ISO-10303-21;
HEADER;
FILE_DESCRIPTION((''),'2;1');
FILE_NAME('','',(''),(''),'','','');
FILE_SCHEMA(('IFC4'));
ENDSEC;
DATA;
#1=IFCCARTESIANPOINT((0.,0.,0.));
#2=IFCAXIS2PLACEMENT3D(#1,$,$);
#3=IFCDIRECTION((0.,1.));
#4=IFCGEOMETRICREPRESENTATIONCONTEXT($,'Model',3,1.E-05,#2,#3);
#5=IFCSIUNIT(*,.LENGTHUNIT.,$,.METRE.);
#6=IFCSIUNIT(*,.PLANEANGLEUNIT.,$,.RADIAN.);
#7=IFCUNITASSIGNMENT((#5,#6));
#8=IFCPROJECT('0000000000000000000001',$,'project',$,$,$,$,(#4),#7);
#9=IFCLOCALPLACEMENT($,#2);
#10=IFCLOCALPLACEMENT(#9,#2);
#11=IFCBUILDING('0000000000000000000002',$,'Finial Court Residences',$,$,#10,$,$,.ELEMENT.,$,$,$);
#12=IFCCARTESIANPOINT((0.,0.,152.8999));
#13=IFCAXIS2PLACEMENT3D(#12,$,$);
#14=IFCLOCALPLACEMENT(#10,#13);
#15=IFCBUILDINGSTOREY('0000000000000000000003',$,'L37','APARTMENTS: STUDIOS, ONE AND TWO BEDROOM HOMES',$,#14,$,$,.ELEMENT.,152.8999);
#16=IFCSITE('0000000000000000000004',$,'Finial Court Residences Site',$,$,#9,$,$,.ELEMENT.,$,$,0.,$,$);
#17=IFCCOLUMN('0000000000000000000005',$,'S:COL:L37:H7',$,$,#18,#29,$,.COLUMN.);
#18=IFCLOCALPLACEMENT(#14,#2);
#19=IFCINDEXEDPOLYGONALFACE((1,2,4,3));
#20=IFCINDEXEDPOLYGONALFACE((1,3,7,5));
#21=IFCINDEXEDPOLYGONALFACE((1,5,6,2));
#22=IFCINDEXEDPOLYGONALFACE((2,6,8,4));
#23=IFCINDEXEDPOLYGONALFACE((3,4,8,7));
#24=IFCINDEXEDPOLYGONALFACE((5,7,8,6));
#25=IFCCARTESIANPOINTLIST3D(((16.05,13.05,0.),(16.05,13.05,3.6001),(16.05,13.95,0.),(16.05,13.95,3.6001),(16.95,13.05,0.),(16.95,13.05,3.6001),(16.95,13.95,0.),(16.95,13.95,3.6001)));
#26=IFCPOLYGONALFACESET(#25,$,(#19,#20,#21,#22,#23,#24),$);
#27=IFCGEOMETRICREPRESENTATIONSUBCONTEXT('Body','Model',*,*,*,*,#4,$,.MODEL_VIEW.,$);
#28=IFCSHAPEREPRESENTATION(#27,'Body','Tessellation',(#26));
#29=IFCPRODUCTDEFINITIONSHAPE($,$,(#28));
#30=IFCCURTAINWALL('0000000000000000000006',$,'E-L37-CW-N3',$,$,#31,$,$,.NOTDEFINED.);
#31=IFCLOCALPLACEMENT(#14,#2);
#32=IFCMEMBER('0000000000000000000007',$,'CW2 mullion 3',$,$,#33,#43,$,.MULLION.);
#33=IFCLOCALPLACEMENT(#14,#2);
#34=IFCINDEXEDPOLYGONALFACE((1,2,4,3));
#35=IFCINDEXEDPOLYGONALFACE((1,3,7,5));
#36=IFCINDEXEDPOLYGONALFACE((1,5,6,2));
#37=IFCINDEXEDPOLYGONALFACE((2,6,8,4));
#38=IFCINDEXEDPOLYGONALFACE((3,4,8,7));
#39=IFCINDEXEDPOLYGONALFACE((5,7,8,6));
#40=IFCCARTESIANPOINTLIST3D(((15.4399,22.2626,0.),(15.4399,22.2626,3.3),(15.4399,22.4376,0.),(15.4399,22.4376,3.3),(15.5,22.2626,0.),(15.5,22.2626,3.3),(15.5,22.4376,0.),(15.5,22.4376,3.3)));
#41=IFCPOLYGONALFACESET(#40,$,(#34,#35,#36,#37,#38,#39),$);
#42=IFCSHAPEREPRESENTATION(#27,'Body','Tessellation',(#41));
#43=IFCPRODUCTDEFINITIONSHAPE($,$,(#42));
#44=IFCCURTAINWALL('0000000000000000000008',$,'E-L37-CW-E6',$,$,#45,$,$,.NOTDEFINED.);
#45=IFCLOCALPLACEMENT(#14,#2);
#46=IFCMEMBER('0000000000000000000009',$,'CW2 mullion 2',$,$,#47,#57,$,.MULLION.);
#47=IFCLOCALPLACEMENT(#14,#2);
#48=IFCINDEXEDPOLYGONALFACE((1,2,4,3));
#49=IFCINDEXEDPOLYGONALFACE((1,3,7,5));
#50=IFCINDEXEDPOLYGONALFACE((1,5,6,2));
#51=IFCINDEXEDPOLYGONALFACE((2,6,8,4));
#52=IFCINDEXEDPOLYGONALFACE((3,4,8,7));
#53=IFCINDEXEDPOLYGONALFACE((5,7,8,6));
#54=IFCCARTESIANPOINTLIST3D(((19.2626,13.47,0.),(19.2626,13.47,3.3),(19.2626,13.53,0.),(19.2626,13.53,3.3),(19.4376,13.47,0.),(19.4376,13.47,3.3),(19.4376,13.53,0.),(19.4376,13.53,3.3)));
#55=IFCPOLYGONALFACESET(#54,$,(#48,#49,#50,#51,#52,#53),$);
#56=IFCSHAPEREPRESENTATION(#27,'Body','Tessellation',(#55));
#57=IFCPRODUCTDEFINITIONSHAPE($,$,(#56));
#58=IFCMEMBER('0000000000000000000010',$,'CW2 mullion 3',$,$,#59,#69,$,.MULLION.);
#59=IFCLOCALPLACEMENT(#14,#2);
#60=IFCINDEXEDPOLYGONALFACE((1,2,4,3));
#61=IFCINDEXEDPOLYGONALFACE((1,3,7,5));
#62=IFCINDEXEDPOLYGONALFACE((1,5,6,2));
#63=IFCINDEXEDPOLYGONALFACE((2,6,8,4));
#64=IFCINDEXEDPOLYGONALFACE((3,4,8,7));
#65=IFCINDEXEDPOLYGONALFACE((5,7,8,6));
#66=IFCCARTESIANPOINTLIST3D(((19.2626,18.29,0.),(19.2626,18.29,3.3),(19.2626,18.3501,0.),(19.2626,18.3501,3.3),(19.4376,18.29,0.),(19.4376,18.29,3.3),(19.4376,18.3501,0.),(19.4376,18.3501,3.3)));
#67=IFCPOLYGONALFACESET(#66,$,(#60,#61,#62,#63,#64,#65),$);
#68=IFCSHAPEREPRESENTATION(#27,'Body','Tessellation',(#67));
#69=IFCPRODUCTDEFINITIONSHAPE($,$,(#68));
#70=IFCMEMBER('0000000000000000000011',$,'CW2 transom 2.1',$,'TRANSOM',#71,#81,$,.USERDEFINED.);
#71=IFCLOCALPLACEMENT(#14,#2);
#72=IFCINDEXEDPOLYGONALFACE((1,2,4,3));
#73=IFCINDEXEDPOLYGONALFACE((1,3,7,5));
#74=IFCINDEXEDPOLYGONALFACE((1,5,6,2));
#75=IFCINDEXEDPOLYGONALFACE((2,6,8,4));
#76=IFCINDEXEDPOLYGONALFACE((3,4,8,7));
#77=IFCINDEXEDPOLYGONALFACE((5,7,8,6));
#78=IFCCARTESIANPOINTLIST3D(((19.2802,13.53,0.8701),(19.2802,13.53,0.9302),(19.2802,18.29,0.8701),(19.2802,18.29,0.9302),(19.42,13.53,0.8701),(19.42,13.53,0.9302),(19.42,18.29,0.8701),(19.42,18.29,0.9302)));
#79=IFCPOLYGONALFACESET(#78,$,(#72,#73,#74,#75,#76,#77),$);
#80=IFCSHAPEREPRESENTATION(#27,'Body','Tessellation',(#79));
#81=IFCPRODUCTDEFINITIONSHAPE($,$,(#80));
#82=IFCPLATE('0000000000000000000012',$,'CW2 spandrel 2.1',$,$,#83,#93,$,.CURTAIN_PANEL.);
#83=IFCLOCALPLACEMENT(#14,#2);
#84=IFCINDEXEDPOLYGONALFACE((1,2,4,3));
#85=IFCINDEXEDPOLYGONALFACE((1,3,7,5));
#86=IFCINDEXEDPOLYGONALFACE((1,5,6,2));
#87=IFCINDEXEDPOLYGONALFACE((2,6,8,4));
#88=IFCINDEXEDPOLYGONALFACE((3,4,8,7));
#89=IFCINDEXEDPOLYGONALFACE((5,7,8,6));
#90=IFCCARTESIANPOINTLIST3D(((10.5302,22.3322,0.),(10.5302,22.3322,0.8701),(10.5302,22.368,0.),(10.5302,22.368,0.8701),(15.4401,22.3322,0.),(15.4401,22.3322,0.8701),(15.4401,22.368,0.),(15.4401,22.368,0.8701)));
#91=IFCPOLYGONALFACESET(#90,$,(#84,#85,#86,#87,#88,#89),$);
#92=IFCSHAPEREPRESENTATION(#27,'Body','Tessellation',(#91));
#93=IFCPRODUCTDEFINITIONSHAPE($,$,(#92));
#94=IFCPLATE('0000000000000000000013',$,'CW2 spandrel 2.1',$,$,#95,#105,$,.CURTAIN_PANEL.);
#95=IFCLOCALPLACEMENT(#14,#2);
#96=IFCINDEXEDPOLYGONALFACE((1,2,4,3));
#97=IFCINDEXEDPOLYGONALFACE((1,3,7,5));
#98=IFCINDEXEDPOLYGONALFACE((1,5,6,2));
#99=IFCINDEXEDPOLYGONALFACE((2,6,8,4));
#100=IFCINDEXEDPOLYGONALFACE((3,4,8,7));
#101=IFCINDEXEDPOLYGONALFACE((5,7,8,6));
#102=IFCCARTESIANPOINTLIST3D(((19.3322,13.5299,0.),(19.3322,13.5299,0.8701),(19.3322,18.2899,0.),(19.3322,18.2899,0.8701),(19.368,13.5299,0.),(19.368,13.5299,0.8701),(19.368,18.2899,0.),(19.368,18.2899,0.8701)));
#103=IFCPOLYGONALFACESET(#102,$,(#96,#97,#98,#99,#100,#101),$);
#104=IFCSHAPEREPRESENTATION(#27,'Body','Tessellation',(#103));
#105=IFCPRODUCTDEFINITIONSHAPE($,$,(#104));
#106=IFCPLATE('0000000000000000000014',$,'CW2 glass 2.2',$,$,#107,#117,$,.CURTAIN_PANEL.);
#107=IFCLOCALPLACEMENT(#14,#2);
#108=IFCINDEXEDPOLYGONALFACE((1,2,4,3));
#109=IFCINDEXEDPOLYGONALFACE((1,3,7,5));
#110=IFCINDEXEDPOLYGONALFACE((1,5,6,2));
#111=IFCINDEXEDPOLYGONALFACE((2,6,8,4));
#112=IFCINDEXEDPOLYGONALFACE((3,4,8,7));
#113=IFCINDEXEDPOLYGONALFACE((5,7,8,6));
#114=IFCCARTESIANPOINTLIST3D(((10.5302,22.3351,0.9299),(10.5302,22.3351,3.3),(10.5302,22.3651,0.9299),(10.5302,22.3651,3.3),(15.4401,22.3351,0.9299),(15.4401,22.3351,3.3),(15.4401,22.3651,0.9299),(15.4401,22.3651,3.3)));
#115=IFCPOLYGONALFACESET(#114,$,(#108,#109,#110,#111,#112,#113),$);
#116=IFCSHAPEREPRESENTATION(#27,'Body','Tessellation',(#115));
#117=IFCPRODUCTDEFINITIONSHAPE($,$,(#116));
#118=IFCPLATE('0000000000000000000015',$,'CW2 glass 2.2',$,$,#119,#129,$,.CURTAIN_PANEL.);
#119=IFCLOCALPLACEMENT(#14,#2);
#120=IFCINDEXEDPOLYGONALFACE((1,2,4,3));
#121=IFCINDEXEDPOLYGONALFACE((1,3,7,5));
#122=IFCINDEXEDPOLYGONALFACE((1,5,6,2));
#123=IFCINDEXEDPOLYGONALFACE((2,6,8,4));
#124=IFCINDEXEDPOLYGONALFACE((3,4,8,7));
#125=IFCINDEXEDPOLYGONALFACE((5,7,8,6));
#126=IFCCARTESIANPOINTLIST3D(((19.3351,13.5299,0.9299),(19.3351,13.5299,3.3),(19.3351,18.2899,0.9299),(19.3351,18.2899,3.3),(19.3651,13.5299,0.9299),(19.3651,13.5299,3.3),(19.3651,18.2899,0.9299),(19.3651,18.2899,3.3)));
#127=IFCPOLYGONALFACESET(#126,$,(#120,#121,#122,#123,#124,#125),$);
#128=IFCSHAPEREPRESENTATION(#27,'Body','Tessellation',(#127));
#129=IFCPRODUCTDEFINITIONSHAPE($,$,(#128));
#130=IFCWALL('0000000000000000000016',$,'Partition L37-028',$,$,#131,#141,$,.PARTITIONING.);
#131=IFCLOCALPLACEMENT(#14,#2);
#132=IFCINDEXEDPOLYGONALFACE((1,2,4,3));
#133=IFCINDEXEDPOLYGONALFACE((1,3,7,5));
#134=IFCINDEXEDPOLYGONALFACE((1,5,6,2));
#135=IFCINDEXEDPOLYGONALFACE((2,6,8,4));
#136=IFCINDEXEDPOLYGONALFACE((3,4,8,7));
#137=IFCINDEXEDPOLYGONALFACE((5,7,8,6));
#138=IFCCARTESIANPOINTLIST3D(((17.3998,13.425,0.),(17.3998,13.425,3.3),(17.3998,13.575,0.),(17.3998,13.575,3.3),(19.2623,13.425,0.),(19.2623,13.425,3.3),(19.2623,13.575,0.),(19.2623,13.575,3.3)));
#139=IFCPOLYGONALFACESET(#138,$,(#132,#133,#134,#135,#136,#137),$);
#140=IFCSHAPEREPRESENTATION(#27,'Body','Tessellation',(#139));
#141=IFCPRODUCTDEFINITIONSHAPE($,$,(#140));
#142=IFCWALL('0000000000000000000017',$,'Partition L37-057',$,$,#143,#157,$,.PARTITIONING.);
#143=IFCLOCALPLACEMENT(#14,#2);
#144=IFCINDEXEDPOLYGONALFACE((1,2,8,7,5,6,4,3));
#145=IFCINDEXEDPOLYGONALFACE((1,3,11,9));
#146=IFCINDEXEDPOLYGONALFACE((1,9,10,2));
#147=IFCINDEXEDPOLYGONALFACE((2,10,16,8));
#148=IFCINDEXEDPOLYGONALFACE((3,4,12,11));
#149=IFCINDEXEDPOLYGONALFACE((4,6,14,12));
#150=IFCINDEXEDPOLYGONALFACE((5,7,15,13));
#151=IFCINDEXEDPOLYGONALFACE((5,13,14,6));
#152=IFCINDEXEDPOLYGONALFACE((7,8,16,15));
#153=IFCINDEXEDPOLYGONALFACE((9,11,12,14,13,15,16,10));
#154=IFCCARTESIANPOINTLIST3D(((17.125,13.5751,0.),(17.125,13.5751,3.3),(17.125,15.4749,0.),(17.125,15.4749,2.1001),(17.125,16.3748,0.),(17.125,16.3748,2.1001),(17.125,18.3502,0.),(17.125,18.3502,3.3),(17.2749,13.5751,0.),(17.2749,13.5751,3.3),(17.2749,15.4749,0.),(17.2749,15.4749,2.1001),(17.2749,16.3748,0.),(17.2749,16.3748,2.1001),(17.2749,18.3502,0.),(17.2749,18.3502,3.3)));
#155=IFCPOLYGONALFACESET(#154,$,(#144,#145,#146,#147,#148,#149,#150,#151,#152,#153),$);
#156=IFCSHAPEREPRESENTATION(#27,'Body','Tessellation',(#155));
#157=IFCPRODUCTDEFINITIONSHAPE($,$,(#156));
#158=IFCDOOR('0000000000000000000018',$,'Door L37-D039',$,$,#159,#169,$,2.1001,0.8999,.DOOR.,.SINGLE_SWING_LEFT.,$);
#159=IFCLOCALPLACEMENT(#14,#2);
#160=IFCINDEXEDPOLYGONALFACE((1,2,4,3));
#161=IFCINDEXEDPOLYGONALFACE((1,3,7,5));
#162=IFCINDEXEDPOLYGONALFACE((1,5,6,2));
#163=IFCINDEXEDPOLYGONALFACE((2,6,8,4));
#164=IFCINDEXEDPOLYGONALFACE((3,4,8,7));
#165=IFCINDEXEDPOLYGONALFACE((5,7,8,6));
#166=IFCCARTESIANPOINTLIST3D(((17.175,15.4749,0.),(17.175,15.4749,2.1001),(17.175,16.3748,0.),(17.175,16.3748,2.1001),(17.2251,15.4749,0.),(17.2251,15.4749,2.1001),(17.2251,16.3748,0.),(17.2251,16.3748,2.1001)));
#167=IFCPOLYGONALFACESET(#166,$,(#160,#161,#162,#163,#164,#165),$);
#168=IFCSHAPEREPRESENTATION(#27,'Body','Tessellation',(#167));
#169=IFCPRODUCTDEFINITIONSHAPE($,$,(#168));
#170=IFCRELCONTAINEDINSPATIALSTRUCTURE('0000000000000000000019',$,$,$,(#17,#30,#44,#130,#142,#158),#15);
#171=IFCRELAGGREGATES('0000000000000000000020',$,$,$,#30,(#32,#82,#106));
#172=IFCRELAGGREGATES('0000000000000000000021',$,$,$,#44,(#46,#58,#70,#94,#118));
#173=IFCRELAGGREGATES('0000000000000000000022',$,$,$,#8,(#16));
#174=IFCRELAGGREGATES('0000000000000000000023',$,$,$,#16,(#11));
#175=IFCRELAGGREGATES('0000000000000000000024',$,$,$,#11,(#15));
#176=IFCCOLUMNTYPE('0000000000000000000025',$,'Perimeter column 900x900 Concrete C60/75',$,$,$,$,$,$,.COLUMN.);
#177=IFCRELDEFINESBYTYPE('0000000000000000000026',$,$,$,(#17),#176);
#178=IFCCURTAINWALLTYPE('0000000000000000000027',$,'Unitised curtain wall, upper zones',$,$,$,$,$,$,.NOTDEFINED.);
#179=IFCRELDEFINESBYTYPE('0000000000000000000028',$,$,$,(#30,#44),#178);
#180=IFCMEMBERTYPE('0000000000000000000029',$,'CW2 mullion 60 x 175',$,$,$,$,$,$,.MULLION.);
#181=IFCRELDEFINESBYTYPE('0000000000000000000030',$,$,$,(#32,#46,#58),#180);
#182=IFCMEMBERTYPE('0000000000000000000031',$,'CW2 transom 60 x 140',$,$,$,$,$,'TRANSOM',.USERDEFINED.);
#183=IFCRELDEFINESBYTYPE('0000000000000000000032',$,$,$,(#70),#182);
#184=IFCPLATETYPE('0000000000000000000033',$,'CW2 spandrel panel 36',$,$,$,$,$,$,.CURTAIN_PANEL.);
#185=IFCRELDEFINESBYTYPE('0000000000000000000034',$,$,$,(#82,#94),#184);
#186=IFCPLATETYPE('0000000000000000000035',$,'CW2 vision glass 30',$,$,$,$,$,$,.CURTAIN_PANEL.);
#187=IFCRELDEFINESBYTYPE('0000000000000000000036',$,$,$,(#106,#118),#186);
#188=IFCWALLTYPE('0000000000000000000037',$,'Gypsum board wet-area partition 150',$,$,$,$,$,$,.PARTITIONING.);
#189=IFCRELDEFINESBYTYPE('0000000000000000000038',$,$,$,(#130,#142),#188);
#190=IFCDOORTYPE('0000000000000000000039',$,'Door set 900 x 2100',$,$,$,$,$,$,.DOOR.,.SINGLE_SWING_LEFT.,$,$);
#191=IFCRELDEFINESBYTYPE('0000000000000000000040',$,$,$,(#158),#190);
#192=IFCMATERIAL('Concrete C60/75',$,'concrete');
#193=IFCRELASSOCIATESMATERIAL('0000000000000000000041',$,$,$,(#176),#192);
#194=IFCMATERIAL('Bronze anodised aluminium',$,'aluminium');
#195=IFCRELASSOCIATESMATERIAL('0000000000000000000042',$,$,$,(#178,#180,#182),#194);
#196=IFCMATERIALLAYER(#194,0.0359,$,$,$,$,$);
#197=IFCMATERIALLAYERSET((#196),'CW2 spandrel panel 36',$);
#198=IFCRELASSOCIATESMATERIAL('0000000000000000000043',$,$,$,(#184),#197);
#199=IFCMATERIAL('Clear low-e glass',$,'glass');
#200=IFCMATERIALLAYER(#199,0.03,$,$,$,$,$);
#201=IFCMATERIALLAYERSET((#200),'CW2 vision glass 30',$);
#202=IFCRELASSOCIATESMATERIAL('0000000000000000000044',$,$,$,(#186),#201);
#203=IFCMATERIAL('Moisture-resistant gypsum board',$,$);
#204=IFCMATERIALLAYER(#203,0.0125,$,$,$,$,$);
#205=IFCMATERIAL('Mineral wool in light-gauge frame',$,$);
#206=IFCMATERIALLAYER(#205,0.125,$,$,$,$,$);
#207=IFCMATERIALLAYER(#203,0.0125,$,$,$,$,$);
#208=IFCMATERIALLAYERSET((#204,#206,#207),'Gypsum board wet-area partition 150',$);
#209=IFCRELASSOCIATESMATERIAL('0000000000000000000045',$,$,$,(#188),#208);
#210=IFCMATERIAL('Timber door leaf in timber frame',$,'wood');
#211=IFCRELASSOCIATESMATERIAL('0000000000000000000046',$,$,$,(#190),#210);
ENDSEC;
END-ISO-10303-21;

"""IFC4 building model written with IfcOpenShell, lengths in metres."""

from ifc_helpers import new_model, si_unit, direction, frame, frame_2d, origin, origin_2d, place, context, subcontext, project, spatial, rectangle, extrude, material, layer, layer_set, material_profile, profile_set, type_object, element, fill, aggregate, save


model = new_model("IFC4")

# Units and contexts
model_context = context("Model", 3, precision=1e-05, world=origin(), true_north=direction((0.0, 1.0)))
body_context = subcontext(model_context, "Body", "Model", "MODEL_VIEW")
ifc_project = project(units=[si_unit("LENGTHUNIT", "METRE"), si_unit("PLANEANGLEUNIT", "RADIAN")], contexts=[model_context])

# Site, building, storey
site_placement = place(None, origin())
site = spatial("IfcSite", under=ifc_project, at=site_placement, Name="Finial Court Residences Site", CompositionType="ELEMENT", RefElevation=0.0)
building_placement = place(site_placement, origin())
building = spatial("IfcBuilding", under=site, at=building_placement, Name="Finial Court Residences", CompositionType="ELEMENT")
storey_placement = place(building_placement, frame((0.0, 0.0, 152.8999)))
storey = spatial("IfcBuildingStorey", under=building, at=storey_placement, Name="L37", Description="APARTMENTS: STUDIOS, ONE AND TWO BEDROOM HOMES", CompositionType="ELEMENT", Elevation=152.8999)

# Column
ifc_material_1 = material(Name="Concrete C60/75", Category="concrete")
ifc_material_profile_1 = material_profile(ifc_material_1, rectangle(XDim=0.8999, YDim=0.8999, at=origin_2d()), Name="900x900")
ifc_profile_set_1 = profile_set([ifc_material_profile_1], Name="Concrete C60/75")
column_type = type_object("IfcColumnType", Name="Perimeter column 900x900 Concrete C60/75", PredefinedType="COLUMN", material=ifc_profile_set_1)
column_placement = place(storey_placement, frame((16.5, 13.5, 0.0), z_axis=(0.0, 0.0, 1.0), x_axis=(1.0, 0.0, 0.0)))
element("IfcColumn", 1, at=column_placement, inside=storey, type_object=column_type, Name="S:COL:L37:H7", PredefinedType="COLUMN", context=body_context, shape_type="SweptSolid", body=[
    extrude(rectangle(XDim=0.8999, YDim=0.8999, at=origin_2d()), origin(), (0.0, 0.0, 1.0), 3.6001),
])

# Curtain wall, member
ifc_material_2 = material(Name="Bronze anodised aluminium", Category="aluminium")
curtain_wall_type = type_object("IfcCurtainWallType", Name="Unitised curtain wall, upper zones", PredefinedType="NOTDEFINED", material=ifc_material_2)
curtain_wall_1_placement = place(storey_placement, origin())
curtain_wall_1 = element("IfcCurtainWall", 2, at=curtain_wall_1_placement, inside=storey, type_object=curtain_wall_type, Name="E-L37-CW-N3", PredefinedType="NOTDEFINED")
ifc_material_profile_2 = material_profile(ifc_material_2, rectangle(XDim=0.175, YDim=0.0601, at=origin_2d()), Name="CW2 mullion 60 x 175")
ifc_profile_set_2 = profile_set([ifc_material_profile_2], Name="Bronze anodised aluminium")
member_type_1 = type_object("IfcMemberType", Name="CW2 mullion 60 x 175", PredefinedType="MULLION", material=ifc_profile_set_2)
member_1_placement = place(storey_placement, frame((15.47, 22.3501, 0.0), z_axis=(0.0, 0.0, 1.0), x_axis=(0.0, 1.0, 0.0)))
member_1 = element("IfcMember", 3, at=member_1_placement, type_object=member_type_1, Name="CW2 mullion 3", PredefinedType="MULLION", context=body_context, shape_type="SweptSolid", body=[
    extrude(rectangle(XDim=0.175, YDim=0.0601, at=origin_2d()), origin(), (0.0, 0.0, 1.0), 3.3),
])

# Curtain wall, members
curtain_wall_2_placement = place(storey_placement, origin())
curtain_wall_2 = element("IfcCurtainWall", 4, at=curtain_wall_2_placement, inside=storey, type_object=curtain_wall_type, Name="E-L37-CW-E6", PredefinedType="NOTDEFINED")
member_2_placement = place(storey_placement, frame((19.3501, 13.5, 0.0), z_axis=(0.0, 0.0, 1.0), x_axis=(-1.0, 0.0, 0.0)))
member_2 = element("IfcMember", 5, at=member_2_placement, type_object=member_type_1, Name="CW2 mullion 2", PredefinedType="MULLION", context=body_context, shape_type="SweptSolid", body=[
    extrude(rectangle(XDim=0.175, YDim=0.0601, at=origin_2d()), origin(), (0.0, 0.0, 1.0), 3.3),
])
member_3_placement = place(storey_placement, frame((19.3501, 18.3201, 0.0), z_axis=(0.0, 0.0, 1.0), x_axis=(-1.0, 0.0, 0.0)))
member_3 = element("IfcMember", 6, at=member_3_placement, type_object=member_type_1, Name="CW2 mullion 3", PredefinedType="MULLION", context=body_context, shape_type="SweptSolid", body=[
    extrude(rectangle(XDim=0.175, YDim=0.0601, at=origin_2d()), origin(), (0.0, 0.0, 1.0), 3.3),
])
ifc_material_profile_3 = material_profile(ifc_material_2, rectangle(XDim=0.1399, YDim=0.0601, at=origin_2d()), Name="CW2 transom 60 x 140")
ifc_profile_set_3 = profile_set([ifc_material_profile_3], Name="Bronze anodised aluminium")
member_type_2 = type_object("IfcMemberType", Name="CW2 transom 60 x 140", ElementType="TRANSOM", PredefinedType="USERDEFINED", material=ifc_profile_set_3)
member_4_placement = place(storey_placement, frame((19.3501, 13.53, 0.9001), z_axis=(0.0, 1.0, 0.0), x_axis=(-1.0, 0.0, 0.0)))
member_4 = element("IfcMember", 7, at=member_4_placement, type_object=member_type_2, Name="CW2 transom 2.1", ObjectType="TRANSOM", PredefinedType="USERDEFINED", context=body_context, shape_type="SweptSolid", body=[
    extrude(rectangle(XDim=0.1399, YDim=0.0601, at=origin_2d()), origin(), (0.0, 0.0, 1.0), 4.76),
])

# Plates
ifc_layer_1 = layer(ifc_material_2, 0.0359)
ifc_layer_set_1 = layer_set([ifc_layer_1], Name="CW2 spandrel panel 36")
plate_type_1 = type_object("IfcPlateType", Name="CW2 spandrel panel 36", PredefinedType="CURTAIN_PANEL", material=ifc_layer_set_1)
plate_1_placement = place(storey_placement, frame((12.9851, 22.3501, 0.0), z_axis=(0.0, 0.0, 1.0), x_axis=(1.0, 0.0, 0.0)))
plate_1 = element("IfcPlate", 8, at=plate_1_placement, type_object=plate_type_1, Name="CW2 spandrel 2.1", PredefinedType="CURTAIN_PANEL", context=body_context, shape_type="SweptSolid", body=[
    extrude(rectangle(XDim=4.9099, YDim=0.0359, at=origin_2d()), origin(), (0.0, 0.0, 1.0), 0.8701),
])
plate_2_placement = place(storey_placement, frame((19.3501, 15.9099, 0.0), z_axis=(0.0, 0.0, 1.0), x_axis=(0.0, 1.0, 0.0)))
plate_2 = element("IfcPlate", 9, at=plate_2_placement, type_object=plate_type_1, Name="CW2 spandrel 2.1", PredefinedType="CURTAIN_PANEL", context=body_context, shape_type="SweptSolid", body=[
    extrude(rectangle(XDim=4.76, YDim=0.0359, at=origin_2d()), origin(), (0.0, 0.0, 1.0), 0.8701),
])
ifc_material_3 = material(Name="Clear low-e glass", Category="glass")
ifc_layer_2 = layer(ifc_material_3, 0.03)
ifc_layer_set_2 = layer_set([ifc_layer_2], Name="CW2 vision glass 30")
plate_type_2 = type_object("IfcPlateType", Name="CW2 vision glass 30", PredefinedType="CURTAIN_PANEL", material=ifc_layer_set_2)
plate_3_placement = place(storey_placement, frame((12.9851, 22.3501, 0.9299), z_axis=(0.0, 0.0, 1.0), x_axis=(1.0, 0.0, 0.0)))
plate_3 = element("IfcPlate", 10, at=plate_3_placement, type_object=plate_type_2, Name="CW2 glass 2.2", PredefinedType="CURTAIN_PANEL", context=body_context, shape_type="SweptSolid", body=[
    extrude(rectangle(XDim=4.9099, YDim=0.03, at=origin_2d()), origin(), (0.0, 0.0, 1.0), 2.3701),
])
aggregate(curtain_wall_1, [member_1, plate_1, plate_3])
plate_4_placement = place(storey_placement, frame((19.3501, 15.9099, 0.9299), z_axis=(0.0, 0.0, 1.0), x_axis=(0.0, 1.0, 0.0)))
plate_4 = element("IfcPlate", 11, at=plate_4_placement, type_object=plate_type_2, Name="CW2 glass 2.2", PredefinedType="CURTAIN_PANEL", context=body_context, shape_type="SweptSolid", body=[
    extrude(rectangle(XDim=4.76, YDim=0.03, at=origin_2d()), origin(), (0.0, 0.0, 1.0), 2.3701),
])
aggregate(curtain_wall_2, [member_2, member_3, member_4, plate_2, plate_4])

# Wall
ifc_material_4 = material(Name="Moisture-resistant gypsum board")
ifc_layer_3 = layer(ifc_material_4, 0.0125)
ifc_material_5 = material(Name="Mineral wool in light-gauge frame")
ifc_layer_4 = layer(ifc_material_5, 0.125)
ifc_layer_5 = layer(ifc_material_4, 0.0125)
ifc_layer_set_3 = layer_set([ifc_layer_3, ifc_layer_4, ifc_layer_5], Name="Gypsum board wet-area partition 150")
wall_type_1 = type_object("IfcWallType", Name="Gypsum board wet-area partition 150", PredefinedType="PARTITIONING", material=ifc_layer_set_3)
wall_1_placement = place(storey_placement, frame((17.3999, 13.5, 0.0), z_axis=(0.0, 0.0, 1.0), x_axis=(1.0, 0.0, 0.0)))
element("IfcWall", 12, at=wall_1_placement, inside=storey, type_object=wall_type_1, Name="Partition L37-028", PredefinedType="PARTITIONING", context=body_context, shape_type="SweptSolid", body=[
    extrude(rectangle(XDim=1.8625, YDim=0.1499, at=frame_2d((0.9312, 0.0))), origin(), (0.0, 0.0, 1.0), 3.3),
])

# Wall, opening, door
wall_2_placement = place(storey_placement, frame((17.2, 13.575, 0.0), z_axis=(0.0, 0.0, 1.0), x_axis=(0.0, 1.0, 0.0)))
wall_2 = element("IfcWall", 13, at=wall_2_placement, inside=storey, type_object=wall_type_1, Name="Partition L37-057", PredefinedType="PARTITIONING", context=body_context, shape_type="SweptSolid", body=[
    extrude(rectangle(XDim=4.7751, YDim=0.1499, at=frame_2d((2.3877, 0.0))), origin(), (0.0, 0.0, 1.0), 3.3),
])
opening_1_placement = place(wall_2_placement, frame((1.8999, 0.0, 0.0)))
opening_1 = element("IfcOpeningElement", 14, at=opening_1_placement, cuts=wall_2, PredefinedType="OPENING", context=body_context, shape_type="SweptSolid", body=[
    extrude(rectangle(XDim=0.8999, YDim=2.1001, at=frame_2d((0.45, 1.05))), frame((0.0, 0.085, 0.0), z_axis=(0.0, -1.0, 0.0), x_axis=(1.0, 0.0, 0.0)), (0.0, 0.0, 1.0), 0.1699),
])
ifc_material_6 = material(Name="Timber door leaf in timber frame", Category="wood")
door_type = type_object("IfcDoorType", Name="Door set 900 x 2100", OperationType="SINGLE_SWING_LEFT", PredefinedType="DOOR", material=ifc_material_6)
door_placement = place(opening_1_placement, origin())
door = element("IfcDoor", 15, at=door_placement, inside=storey, type_object=door_type, Name="Door L37-D039", OperationType="SINGLE_SWING_LEFT", OverallHeight=2.1001, OverallWidth=0.8999, PredefinedType="DOOR", context=body_context, shape_type="SweptSolid", body=[
    extrude(rectangle(XDim=0.8999, YDim=2.1001, at=frame_2d((0.45, 1.05))), frame((0.0, 0.0249, 0.0), z_axis=(0.0, -1.0, 0.0), x_axis=(1.0, 0.0, 0.0)), (0.0, 0.0, 1.0), 0.05),
])
fill(opening_1, door)

save(model, "model.ifc")
